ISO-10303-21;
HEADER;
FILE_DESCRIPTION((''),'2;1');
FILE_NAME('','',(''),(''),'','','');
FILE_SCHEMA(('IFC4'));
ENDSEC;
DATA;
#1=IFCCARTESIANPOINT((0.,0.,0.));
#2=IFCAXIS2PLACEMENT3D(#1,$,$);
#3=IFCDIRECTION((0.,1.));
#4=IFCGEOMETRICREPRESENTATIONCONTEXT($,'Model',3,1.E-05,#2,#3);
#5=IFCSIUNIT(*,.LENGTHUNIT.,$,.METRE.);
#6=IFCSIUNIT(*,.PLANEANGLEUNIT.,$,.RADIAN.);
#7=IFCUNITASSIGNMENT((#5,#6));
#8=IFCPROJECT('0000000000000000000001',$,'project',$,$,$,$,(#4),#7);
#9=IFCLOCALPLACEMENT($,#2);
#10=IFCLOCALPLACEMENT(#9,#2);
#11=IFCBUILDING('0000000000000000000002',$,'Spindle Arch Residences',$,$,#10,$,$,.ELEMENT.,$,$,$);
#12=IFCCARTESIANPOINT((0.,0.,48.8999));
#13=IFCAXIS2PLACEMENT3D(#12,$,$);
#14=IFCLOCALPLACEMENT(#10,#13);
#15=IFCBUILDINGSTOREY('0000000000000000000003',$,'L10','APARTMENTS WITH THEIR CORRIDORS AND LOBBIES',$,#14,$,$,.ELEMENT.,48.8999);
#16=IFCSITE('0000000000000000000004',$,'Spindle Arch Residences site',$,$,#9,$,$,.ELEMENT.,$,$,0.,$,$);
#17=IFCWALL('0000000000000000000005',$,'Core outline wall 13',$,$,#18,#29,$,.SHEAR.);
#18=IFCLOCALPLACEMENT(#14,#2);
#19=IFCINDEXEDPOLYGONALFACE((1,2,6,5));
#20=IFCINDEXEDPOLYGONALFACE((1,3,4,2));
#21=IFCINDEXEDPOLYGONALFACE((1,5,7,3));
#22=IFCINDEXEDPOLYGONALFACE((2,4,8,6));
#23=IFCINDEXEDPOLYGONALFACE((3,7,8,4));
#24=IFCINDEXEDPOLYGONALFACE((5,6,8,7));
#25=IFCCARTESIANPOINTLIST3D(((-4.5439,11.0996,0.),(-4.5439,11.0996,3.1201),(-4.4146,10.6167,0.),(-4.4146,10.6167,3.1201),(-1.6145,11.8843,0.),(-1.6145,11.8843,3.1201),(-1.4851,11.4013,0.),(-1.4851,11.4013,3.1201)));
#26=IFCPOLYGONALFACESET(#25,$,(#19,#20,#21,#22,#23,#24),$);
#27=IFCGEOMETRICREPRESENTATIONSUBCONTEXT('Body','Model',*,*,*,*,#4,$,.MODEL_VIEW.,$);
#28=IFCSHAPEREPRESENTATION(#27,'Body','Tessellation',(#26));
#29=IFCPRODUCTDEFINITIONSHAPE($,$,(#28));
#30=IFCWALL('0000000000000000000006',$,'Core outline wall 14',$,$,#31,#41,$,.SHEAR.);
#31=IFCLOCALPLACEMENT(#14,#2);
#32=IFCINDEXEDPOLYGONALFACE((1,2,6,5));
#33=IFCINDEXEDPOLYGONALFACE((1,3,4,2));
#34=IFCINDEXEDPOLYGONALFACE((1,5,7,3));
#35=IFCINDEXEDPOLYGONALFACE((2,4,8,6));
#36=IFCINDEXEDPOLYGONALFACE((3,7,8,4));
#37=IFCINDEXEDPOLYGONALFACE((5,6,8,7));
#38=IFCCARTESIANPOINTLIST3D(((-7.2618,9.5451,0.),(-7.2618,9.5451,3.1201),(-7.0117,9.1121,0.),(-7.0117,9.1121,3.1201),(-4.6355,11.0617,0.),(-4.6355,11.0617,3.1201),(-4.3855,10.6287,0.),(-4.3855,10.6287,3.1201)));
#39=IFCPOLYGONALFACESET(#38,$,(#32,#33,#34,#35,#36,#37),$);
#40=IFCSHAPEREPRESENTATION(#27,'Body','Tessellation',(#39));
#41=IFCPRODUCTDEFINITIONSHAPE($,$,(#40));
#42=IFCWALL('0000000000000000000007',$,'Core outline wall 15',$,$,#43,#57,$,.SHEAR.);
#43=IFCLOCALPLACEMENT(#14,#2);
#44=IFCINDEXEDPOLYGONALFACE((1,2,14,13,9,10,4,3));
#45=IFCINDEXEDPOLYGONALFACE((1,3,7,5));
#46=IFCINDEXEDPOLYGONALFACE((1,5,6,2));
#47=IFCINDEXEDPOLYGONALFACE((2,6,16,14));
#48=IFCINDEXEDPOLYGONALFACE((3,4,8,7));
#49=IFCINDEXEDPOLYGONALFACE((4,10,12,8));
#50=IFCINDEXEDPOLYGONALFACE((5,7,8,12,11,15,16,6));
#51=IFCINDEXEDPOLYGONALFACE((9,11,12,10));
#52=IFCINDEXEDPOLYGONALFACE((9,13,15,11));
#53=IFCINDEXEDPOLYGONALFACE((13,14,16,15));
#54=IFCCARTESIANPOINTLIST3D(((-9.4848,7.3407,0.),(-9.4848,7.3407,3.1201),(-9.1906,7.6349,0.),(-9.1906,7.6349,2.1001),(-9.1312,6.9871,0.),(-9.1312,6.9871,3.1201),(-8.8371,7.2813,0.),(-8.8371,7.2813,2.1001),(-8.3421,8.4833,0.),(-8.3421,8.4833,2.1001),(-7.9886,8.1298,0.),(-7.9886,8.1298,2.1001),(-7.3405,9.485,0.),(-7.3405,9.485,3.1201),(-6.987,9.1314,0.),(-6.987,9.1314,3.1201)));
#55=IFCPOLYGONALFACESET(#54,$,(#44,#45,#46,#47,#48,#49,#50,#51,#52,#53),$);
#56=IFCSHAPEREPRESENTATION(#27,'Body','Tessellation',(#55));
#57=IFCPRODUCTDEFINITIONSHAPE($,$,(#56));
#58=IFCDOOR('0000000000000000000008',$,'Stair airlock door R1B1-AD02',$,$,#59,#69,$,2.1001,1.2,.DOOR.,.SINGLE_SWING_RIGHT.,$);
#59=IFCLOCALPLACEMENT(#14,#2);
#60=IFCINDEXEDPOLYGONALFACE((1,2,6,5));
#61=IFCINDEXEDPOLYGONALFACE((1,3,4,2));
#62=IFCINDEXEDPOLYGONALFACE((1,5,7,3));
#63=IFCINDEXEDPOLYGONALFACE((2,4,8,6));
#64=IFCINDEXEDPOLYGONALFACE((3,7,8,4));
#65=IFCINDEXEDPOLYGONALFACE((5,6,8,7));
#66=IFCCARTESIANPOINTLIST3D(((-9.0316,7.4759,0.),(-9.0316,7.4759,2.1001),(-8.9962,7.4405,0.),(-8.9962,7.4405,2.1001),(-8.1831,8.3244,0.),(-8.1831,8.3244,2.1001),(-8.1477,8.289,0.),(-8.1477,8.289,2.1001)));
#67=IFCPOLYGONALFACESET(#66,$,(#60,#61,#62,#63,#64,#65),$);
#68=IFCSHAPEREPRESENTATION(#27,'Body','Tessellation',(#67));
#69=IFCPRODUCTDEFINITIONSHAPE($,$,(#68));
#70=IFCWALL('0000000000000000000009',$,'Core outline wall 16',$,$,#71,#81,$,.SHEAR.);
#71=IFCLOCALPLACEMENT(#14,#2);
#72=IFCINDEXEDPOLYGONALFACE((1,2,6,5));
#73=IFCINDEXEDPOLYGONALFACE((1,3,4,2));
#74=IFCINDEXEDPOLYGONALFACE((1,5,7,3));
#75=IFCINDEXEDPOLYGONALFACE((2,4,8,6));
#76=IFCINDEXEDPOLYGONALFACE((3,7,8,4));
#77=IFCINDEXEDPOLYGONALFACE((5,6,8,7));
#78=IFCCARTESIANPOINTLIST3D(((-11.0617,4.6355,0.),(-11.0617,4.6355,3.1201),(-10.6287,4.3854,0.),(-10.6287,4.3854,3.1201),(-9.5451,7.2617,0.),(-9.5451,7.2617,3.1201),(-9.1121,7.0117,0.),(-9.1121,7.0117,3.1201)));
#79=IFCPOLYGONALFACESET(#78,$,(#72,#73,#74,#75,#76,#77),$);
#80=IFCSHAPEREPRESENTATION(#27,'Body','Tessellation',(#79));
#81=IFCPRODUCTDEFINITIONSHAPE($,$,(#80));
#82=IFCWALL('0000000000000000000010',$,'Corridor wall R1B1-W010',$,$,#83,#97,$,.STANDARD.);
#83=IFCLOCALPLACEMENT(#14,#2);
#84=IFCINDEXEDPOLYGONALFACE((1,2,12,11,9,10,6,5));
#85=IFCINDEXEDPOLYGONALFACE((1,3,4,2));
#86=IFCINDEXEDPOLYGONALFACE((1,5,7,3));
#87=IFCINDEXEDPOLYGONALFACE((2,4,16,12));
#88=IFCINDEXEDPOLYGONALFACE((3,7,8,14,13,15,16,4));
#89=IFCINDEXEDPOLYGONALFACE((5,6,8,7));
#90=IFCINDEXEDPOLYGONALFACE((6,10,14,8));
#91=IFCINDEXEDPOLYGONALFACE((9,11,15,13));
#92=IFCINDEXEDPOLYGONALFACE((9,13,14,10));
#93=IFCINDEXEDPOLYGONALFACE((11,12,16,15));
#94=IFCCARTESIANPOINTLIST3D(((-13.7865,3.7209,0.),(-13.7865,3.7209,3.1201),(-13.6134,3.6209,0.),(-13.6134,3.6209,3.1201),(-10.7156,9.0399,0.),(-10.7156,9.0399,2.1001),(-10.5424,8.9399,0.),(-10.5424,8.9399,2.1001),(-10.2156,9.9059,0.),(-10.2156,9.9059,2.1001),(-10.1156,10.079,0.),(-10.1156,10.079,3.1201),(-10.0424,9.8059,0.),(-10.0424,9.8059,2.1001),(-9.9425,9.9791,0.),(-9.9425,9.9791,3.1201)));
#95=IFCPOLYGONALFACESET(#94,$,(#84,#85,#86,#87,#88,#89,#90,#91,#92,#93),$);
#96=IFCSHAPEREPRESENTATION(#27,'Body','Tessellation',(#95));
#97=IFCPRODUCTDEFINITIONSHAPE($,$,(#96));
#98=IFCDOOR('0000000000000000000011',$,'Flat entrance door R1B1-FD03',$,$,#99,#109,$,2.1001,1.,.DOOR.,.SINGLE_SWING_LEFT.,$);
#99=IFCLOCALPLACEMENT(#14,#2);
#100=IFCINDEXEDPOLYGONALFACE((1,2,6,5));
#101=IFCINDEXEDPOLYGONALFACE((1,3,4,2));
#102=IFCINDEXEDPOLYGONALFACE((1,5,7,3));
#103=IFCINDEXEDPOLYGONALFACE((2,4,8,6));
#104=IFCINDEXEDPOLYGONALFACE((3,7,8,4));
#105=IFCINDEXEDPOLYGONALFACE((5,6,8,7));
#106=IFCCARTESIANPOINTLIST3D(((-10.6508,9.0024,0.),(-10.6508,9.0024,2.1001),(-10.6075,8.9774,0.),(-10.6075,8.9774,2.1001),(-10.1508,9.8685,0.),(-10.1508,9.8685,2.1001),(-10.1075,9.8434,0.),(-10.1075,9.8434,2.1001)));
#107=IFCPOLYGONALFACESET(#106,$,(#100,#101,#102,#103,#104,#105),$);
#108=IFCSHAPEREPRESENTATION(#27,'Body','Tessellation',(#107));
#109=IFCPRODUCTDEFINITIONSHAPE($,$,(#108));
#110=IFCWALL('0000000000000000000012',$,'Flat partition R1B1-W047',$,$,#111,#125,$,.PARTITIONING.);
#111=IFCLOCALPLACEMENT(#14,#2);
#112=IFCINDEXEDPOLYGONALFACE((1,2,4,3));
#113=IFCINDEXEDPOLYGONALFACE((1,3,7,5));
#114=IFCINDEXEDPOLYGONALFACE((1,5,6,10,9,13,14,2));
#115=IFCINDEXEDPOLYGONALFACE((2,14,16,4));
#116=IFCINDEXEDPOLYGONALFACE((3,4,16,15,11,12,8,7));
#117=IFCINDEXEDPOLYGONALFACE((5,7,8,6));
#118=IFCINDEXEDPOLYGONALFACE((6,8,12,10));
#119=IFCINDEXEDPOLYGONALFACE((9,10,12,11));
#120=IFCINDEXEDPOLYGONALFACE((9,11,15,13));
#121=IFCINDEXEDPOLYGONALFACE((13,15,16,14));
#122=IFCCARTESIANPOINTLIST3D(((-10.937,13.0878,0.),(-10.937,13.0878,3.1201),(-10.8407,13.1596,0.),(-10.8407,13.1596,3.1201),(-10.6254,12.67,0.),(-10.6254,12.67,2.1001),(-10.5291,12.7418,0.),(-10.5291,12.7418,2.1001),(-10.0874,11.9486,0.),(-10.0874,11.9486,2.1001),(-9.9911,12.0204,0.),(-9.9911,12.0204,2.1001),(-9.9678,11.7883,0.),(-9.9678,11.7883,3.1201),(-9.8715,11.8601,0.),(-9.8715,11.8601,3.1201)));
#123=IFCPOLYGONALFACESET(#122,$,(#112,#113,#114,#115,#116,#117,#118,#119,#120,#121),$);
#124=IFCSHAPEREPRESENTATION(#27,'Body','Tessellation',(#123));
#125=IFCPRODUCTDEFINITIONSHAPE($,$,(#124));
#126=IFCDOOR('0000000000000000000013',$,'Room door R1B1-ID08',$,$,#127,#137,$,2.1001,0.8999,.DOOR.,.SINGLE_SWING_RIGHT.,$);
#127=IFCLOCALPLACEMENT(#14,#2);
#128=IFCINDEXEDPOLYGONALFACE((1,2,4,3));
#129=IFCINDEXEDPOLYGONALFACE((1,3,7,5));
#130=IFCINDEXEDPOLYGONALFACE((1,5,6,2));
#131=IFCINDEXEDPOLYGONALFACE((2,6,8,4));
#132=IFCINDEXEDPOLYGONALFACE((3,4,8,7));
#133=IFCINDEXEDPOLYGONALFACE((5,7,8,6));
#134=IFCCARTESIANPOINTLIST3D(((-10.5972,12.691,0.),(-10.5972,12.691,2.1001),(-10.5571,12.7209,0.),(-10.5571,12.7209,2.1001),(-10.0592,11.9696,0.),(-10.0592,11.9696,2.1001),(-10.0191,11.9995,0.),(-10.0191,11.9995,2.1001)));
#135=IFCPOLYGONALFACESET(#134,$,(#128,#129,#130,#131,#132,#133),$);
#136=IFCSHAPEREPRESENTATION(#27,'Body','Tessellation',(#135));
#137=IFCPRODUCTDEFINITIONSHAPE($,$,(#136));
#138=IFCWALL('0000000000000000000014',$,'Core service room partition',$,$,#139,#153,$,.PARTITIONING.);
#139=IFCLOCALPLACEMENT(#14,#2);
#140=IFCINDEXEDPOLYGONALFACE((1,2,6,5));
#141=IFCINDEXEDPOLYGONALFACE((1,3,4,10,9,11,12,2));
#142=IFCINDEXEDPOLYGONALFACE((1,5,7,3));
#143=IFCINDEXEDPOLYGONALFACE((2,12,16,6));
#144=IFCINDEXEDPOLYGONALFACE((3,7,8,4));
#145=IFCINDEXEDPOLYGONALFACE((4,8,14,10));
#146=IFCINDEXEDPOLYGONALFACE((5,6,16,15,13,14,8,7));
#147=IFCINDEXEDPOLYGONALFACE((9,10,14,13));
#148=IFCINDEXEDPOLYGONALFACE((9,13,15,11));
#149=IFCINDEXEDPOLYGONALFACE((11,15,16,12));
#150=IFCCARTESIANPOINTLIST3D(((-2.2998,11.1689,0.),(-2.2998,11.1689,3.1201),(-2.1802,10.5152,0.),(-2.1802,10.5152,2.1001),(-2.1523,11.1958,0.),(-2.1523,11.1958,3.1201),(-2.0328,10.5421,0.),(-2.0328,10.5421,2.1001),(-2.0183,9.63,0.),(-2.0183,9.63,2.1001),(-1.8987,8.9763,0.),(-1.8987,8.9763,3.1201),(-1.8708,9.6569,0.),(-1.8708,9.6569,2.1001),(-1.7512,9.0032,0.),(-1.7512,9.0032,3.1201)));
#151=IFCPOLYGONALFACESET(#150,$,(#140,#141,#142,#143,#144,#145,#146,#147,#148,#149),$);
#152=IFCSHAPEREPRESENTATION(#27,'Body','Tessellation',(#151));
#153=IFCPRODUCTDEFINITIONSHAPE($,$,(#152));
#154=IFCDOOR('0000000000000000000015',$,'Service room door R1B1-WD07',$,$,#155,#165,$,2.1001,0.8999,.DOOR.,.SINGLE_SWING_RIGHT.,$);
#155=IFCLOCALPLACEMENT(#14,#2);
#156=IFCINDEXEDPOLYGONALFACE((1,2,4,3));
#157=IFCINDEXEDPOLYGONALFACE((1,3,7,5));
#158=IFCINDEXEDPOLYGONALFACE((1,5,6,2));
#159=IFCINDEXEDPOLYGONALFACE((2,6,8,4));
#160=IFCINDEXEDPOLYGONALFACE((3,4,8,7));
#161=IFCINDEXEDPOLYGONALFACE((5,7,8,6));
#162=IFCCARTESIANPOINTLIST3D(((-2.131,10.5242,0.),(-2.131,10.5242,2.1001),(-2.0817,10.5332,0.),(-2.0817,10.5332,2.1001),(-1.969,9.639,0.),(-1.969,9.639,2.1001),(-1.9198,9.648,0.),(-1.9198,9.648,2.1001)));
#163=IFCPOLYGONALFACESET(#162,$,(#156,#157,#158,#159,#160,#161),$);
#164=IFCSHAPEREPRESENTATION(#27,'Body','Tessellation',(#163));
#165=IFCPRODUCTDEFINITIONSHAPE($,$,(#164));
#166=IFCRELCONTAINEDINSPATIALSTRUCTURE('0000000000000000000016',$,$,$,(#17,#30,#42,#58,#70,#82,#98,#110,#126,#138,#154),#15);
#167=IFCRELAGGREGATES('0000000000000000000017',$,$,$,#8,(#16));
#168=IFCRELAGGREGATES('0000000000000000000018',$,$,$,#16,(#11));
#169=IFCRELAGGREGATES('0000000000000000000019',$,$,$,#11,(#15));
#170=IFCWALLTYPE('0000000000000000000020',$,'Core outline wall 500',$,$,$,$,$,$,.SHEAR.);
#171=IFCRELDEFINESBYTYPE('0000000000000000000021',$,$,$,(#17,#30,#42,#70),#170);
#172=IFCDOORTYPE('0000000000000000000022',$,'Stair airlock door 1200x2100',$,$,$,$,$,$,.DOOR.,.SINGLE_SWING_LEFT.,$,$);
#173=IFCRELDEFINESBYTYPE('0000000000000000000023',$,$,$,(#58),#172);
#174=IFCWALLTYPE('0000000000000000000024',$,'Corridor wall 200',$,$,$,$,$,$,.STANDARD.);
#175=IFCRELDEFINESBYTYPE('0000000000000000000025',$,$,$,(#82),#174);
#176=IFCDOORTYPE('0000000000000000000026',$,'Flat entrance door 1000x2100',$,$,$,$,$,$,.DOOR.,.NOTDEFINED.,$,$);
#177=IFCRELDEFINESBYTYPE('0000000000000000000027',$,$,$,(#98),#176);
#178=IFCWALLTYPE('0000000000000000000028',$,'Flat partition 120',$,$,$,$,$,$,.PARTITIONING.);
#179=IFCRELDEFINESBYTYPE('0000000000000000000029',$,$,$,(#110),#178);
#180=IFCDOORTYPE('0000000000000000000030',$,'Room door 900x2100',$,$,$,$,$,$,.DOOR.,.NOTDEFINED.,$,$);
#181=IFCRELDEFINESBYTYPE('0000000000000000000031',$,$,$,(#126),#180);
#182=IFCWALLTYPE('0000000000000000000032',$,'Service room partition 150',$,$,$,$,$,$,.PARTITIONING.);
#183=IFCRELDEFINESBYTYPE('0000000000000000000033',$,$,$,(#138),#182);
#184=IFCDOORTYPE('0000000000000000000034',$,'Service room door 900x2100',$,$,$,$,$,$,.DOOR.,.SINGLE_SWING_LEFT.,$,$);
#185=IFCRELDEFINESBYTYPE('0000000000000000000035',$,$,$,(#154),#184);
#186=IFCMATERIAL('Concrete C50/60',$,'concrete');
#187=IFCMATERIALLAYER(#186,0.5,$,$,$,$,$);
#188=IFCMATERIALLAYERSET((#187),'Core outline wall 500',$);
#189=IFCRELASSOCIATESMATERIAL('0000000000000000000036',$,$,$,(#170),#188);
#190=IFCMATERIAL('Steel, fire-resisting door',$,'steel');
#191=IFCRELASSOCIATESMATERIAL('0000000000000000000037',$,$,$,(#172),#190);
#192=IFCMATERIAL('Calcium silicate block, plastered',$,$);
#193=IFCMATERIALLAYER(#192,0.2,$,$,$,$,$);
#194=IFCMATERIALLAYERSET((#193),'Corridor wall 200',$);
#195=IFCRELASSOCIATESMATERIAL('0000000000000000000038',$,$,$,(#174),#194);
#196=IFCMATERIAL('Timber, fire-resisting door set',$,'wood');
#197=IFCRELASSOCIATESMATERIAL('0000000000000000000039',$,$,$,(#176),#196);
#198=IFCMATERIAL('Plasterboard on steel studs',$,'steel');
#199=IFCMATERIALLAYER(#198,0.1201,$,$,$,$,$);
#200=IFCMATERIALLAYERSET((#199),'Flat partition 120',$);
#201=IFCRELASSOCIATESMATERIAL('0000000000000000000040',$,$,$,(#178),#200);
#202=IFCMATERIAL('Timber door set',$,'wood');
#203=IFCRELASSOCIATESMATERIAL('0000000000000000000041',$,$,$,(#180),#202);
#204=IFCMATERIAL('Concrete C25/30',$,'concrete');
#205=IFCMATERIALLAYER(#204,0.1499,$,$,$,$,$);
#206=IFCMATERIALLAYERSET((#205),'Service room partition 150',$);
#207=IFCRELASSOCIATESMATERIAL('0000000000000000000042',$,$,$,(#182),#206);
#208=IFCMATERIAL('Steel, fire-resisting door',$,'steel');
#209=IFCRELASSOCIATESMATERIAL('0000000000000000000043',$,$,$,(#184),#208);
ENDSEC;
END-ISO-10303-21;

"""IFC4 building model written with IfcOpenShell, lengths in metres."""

from ifc_helpers import new_model, si_unit, direction, frame, frame_2d, origin, place, context, subcontext, project, spatial, rectangle, extrude, material, layer, layer_set, type_object, element, fill, save


model = new_model("IFC4")

# Units and contexts
model_context = context("Model", 3, precision=1e-05, world=origin(), true_north=direction((0.0, 1.0)))
body_context = subcontext(model_context, "Body", "Model", "MODEL_VIEW")
ifc_project = project(units=[si_unit("LENGTHUNIT", "METRE"), si_unit("PLANEANGLEUNIT", "RADIAN")], contexts=[model_context])

# Site, building, storey
site_placement = place(None, origin())
site = spatial("IfcSite", under=ifc_project, at=site_placement, Name="Spindle Arch Residences site", CompositionType="ELEMENT", RefElevation=0.0)
building_placement = place(site_placement, origin())
building = spatial("IfcBuilding", under=site, at=building_placement, Name="Spindle Arch Residences", CompositionType="ELEMENT")
storey_placement = place(building_placement, frame((0.0, 0.0, 48.8999)))
storey = spatial("IfcBuildingStorey", under=building, at=storey_placement, Name="L10", Description="APARTMENTS WITH THEIR CORRIDORS AND LOBBIES", CompositionType="ELEMENT", Elevation=48.8999)

# Walls
ifc_material_1 = material(Name="Concrete C50/60", Category="concrete")
ifc_layer_1 = layer(ifc_material_1, 0.5)
ifc_layer_set_1 = layer_set([ifc_layer_1], Name="Core outline wall 500")
wall_type_1 = type_object("IfcWallType", Name="Core outline wall 500", PredefinedType="SHEAR", material=ifc_layer_set_1)
for number, where, z_axis, x_axis, name in (
    (1, (-1.5498, 11.6428, 0.0), (0.0, 0.0, 1.0), (-0.965948, -0.258735, 0.0), "Core outline wall 13"),
    (2, (-4.5105, 10.8452, 0.0), (0.0, 0.0, 1.0), (-0.865975, -0.500087, 0.0), "Core outline wall 14"),
):
    element("IfcWall", number, at=place(storey_placement, frame(where, z_axis=z_axis, x_axis=x_axis)), inside=storey, type_object=wall_type_1, Name=name, PredefinedType="SHEAR", context=body_context, shape_type="SweptSolid", body=[
        extrude(rectangle(XDim=3.0327, YDim=0.5, at=frame_2d((1.5164, 0.0))), origin(), (0.0, 0.0, 1.0), 3.1201),
    ])

# Wall, opening, door
wall_1_placement = place(storey_placement, frame((-7.1638, 9.3081, 0.0), z_axis=(0.0, 0.0, 1.0), x_axis=(-0.707107, -0.707107, 0.0)))
wall_1 = element("IfcWall", 3, at=wall_1_placement, inside=storey, type_object=wall_type_1, Name="Core outline wall 15", PredefinedType="SHEAR", context=body_context, shape_type="SweptSolid", body=[
    extrude(rectangle(XDim=3.0325, YDim=0.5, at=frame_2d((1.5161, 0.0))), origin(), (0.0, 0.0, 1.0), 3.1201),
])
opening_1_placement = place(wall_1_placement, frame((1.4163, 0.0, 0.0)))
opening_1 = element("IfcOpeningElement", 4, at=opening_1_placement, cuts=wall_1, PredefinedType="OPENING", context=body_context, shape_type="SweptSolid", body=[
    extrude(rectangle(XDim=1.2, YDim=2.1001, at=frame_2d((0.6001, 1.05))), frame((0.0, 0.26, 0.0), z_axis=(0.0, -1.0, 0.0), x_axis=(1.0, 0.0, 0.0)), (0.0, 0.0, 1.0), 0.52),
])
ifc_material_2 = material(Name="Steel, fire-resisting door", Category="steel")
door_type_1 = type_object("IfcDoorType", Name="Stair airlock door 1200x2100", OperationType="SINGLE_SWING_LEFT", PredefinedType="DOOR", material=ifc_material_2)
door_1_placement = place(opening_1_placement, origin())
door_1 = element("IfcDoor", 5, at=door_1_placement, inside=storey, type_object=door_type_1, Name="Stair airlock door R1B1-AD02", OperationType="SINGLE_SWING_RIGHT", OverallHeight=2.1001, OverallWidth=1.2, PredefinedType="DOOR", context=body_context, shape_type="SweptSolid", body=[
    extrude(rectangle(XDim=1.2, YDim=2.1001, at=frame_2d((0.6001, 1.05))), frame((0.0, 0.0249, 0.0), z_axis=(0.0, -1.0, 0.0), x_axis=(1.0, 0.0, 0.0)), (0.0, 0.0, 1.0), 0.05),
])
fill(opening_1, door_1)

# Wall
wall_2_placement = place(storey_placement, frame((-9.3286, 7.1367, 0.0), z_axis=(0.0, 0.0, 1.0), x_axis=(-0.500087, -0.865975, 0.0)))
element("IfcWall", 6, at=wall_2_placement, inside=storey, type_object=wall_type_1, Name="Core outline wall 16", PredefinedType="SHEAR", context=body_context, shape_type="SweptSolid", body=[
    extrude(rectangle(XDim=3.0327, YDim=0.5, at=frame_2d((1.5164, 0.0))), origin(), (0.0, 0.0, 1.0), 3.1201),
])

# Walls, openings, doors
ifc_material_3 = material(Name="Calcium silicate block, plastered")
ifc_layer_2 = layer(ifc_material_3, 0.2)
ifc_layer_set_2 = layer_set([ifc_layer_2], Name="Corridor wall 200")
wall_type_2 = type_object("IfcWallType", Name="Corridor wall 200", PredefinedType="STANDARD", material=ifc_layer_set_2)
wall_3_placement = place(storey_placement, frame((-10.0291, 10.0291, 0.0), z_axis=(0.0, 0.0, 1.0), x_axis=(-0.500002, -0.866024, 0.0)))
wall_3 = element("IfcWall", 7, at=wall_3_placement, inside=storey, type_object=wall_type_2, Name="Corridor wall R1B1-W010", PredefinedType="STANDARD", context=body_context, shape_type="SweptSolid", body=[
    extrude(rectangle(XDim=7.3418, YDim=0.2, at=frame_2d((3.6709, 0.0))), origin(), (0.0, 0.0, 1.0), 3.1201),
])
opening_2_placement = place(wall_3_placement, frame((0.2, 0.0, 0.0)))
opening_2 = element("IfcOpeningElement", 8, at=opening_2_placement, cuts=wall_3, PredefinedType="OPENING", context=body_context, shape_type="SweptSolid", body=[
    extrude(rectangle(XDim=1.0, YDim=2.1001, at=frame_2d((0.5, 1.05))), frame((0.0, 0.1099, 0.0), z_axis=(0.0, -1.0, 0.0), x_axis=(1.0, 0.0, 0.0)), (0.0, 0.0, 1.0), 0.22),
])
ifc_material_4 = material(Name="Timber, fire-resisting door set", Category="wood")
door_type_2 = type_object("IfcDoorType", Name="Flat entrance door 1000x2100", OperationType="NOTDEFINED", PredefinedType="DOOR", material=ifc_material_4)
door_2_placement = place(opening_2_placement, origin())
door_2 = element("IfcDoor", 9, at=door_2_placement, inside=storey, type_object=door_type_2, Name="Flat entrance door R1B1-FD03", OperationType="SINGLE_SWING_LEFT", OverallHeight=2.1001, OverallWidth=1.0, PredefinedType="DOOR", context=body_context, shape_type="SweptSolid", body=[
    extrude(rectangle(XDim=1.0, YDim=2.1001, at=frame_2d((0.5, 1.05))), frame((0.0, 0.0249, 0.0), z_axis=(0.0, -1.0, 0.0), x_axis=(1.0, 0.0, 0.0)), (0.0, 0.0, 1.0), 0.05),
])
fill(opening_2, door_2)
ifc_material_5 = material(Name="Plasterboard on steel studs", Category="steel")
ifc_layer_3 = layer(ifc_material_5, 0.1201)
ifc_layer_set_3 = layer_set([ifc_layer_3], Name="Flat partition 120")
wall_type_3 = type_object("IfcWallType", Name="Flat partition 120", PredefinedType="PARTITIONING", material=ifc_layer_set_3)
wall_4_placement = place(storey_placement, frame((-9.9197, 11.8242, 0.0), z_axis=(0.0, 0.0, 1.0), x_axis=(-0.597853, 0.801605, 0.0)))
wall_4 = element("IfcWall", 10, at=wall_4_placement, inside=storey, type_object=wall_type_3, Name="Flat partition R1B1-W047", PredefinedType="PARTITIONING", context=body_context, shape_type="SweptSolid", body=[
    extrude(rectangle(XDim=1.6211, YDim=0.1201, at=frame_2d((0.8105, 0.0))), origin(), (0.0, 0.0, 1.0), 3.1201),
])
opening_3_placement = place(wall_4_placement, frame((0.2, 0.0, 0.0)))
opening_3 = element("IfcOpeningElement", 11, at=opening_3_placement, cuts=wall_4, PredefinedType="OPENING", context=body_context, shape_type="SweptSolid", body=[
    extrude(rectangle(XDim=0.8999, YDim=2.1001, at=frame_2d((0.45, 1.05))), frame((0.0, 0.0701, 0.0), z_axis=(0.0, -1.0, 0.0), x_axis=(1.0, 0.0, 0.0)), (0.0, 0.0, 1.0), 0.1401),
])
ifc_material_6 = material(Name="Timber door set", Category="wood")
door_type_3 = type_object("IfcDoorType", Name="Room door 900x2100", OperationType="NOTDEFINED", PredefinedType="DOOR", material=ifc_material_6)
door_3_placement = place(opening_3_placement, origin())
door_3 = element("IfcDoor", 12, at=door_3_placement, inside=storey, type_object=door_type_3, Name="Room door R1B1-ID08", OperationType="SINGLE_SWING_RIGHT", OverallHeight=2.1001, OverallWidth=0.8999, PredefinedType="DOOR", context=body_context, shape_type="SweptSolid", body=[
    extrude(rectangle(XDim=0.8999, YDim=2.1001, at=frame_2d((0.45, 1.05))), frame((0.0, 0.0249, 0.0), z_axis=(0.0, -1.0, 0.0), x_axis=(1.0, 0.0, 0.0)), (0.0, 0.0, 1.0), 0.05),
])
fill(opening_3, door_3)
ifc_material_7 = material(Name="Concrete C25/30", Category="concrete")
ifc_layer_4 = layer(ifc_material_7, 0.1499)
ifc_layer_set_4 = layer_set([ifc_layer_4], Name="Service room partition 150")
wall_type_4 = type_object("IfcWallType", Name="Service room partition 150", PredefinedType="PARTITIONING", material=ifc_layer_set_4)
wall_5_placement = place(storey_placement, frame((-1.825, 8.9897, 0.0), z_axis=(0.0, 0.0, 1.0), x_axis=(-0.179955, 0.983675, 0.0)))
wall_5 = element("IfcWall", 13, at=wall_5_placement, inside=storey, type_object=wall_type_4, Name="Core service room partition", PredefinedType="PARTITIONING", context=body_context, shape_type="SweptSolid", body=[
    extrude(rectangle(XDim=2.229, YDim=0.1499, at=frame_2d((1.1145, 0.0))), origin(), (0.0, 0.0, 1.0), 3.1201),
])
opening_4_placement = place(wall_5_placement, frame((0.6646, 0.0, 0.0)))
opening_4 = element("IfcOpeningElement", 14, at=opening_4_placement, cuts=wall_5, PredefinedType="OPENING", context=body_context, shape_type="SweptSolid", body=[
    extrude(rectangle(XDim=0.8999, YDim=2.1001, at=frame_2d((0.45, 1.05))), frame((0.0, 0.085, 0.0), z_axis=(0.0, -1.0, 0.0), x_axis=(1.0, 0.0, 0.0)), (0.0, 0.0, 1.0), 0.1699),
])
ifc_material_8 = material(Name="Steel, fire-resisting door", Category="steel")
door_type_4 = type_object("IfcDoorType", Name="Service room door 900x2100", OperationType="SINGLE_SWING_LEFT", PredefinedType="DOOR", material=ifc_material_8)
door_4_placement = place(opening_4_placement, origin())
door_4 = element("IfcDoor", 15, at=door_4_placement, inside=storey, type_object=door_type_4, Name="Service room door R1B1-WD07", OperationType="SINGLE_SWING_RIGHT", OverallHeight=2.1001, OverallWidth=0.8999, PredefinedType="DOOR", context=body_context, shape_type="SweptSolid", body=[
    extrude(rectangle(XDim=0.8999, YDim=2.1001, at=frame_2d((0.45, 1.05))), frame((0.0, 0.0249, 0.0), z_axis=(0.0, -1.0, 0.0), x_axis=(1.0, 0.0, 0.0)), (0.0, 0.0, 1.0), 0.05),
])
fill(opening_4, door_4)

save(model, "model.ifc")
